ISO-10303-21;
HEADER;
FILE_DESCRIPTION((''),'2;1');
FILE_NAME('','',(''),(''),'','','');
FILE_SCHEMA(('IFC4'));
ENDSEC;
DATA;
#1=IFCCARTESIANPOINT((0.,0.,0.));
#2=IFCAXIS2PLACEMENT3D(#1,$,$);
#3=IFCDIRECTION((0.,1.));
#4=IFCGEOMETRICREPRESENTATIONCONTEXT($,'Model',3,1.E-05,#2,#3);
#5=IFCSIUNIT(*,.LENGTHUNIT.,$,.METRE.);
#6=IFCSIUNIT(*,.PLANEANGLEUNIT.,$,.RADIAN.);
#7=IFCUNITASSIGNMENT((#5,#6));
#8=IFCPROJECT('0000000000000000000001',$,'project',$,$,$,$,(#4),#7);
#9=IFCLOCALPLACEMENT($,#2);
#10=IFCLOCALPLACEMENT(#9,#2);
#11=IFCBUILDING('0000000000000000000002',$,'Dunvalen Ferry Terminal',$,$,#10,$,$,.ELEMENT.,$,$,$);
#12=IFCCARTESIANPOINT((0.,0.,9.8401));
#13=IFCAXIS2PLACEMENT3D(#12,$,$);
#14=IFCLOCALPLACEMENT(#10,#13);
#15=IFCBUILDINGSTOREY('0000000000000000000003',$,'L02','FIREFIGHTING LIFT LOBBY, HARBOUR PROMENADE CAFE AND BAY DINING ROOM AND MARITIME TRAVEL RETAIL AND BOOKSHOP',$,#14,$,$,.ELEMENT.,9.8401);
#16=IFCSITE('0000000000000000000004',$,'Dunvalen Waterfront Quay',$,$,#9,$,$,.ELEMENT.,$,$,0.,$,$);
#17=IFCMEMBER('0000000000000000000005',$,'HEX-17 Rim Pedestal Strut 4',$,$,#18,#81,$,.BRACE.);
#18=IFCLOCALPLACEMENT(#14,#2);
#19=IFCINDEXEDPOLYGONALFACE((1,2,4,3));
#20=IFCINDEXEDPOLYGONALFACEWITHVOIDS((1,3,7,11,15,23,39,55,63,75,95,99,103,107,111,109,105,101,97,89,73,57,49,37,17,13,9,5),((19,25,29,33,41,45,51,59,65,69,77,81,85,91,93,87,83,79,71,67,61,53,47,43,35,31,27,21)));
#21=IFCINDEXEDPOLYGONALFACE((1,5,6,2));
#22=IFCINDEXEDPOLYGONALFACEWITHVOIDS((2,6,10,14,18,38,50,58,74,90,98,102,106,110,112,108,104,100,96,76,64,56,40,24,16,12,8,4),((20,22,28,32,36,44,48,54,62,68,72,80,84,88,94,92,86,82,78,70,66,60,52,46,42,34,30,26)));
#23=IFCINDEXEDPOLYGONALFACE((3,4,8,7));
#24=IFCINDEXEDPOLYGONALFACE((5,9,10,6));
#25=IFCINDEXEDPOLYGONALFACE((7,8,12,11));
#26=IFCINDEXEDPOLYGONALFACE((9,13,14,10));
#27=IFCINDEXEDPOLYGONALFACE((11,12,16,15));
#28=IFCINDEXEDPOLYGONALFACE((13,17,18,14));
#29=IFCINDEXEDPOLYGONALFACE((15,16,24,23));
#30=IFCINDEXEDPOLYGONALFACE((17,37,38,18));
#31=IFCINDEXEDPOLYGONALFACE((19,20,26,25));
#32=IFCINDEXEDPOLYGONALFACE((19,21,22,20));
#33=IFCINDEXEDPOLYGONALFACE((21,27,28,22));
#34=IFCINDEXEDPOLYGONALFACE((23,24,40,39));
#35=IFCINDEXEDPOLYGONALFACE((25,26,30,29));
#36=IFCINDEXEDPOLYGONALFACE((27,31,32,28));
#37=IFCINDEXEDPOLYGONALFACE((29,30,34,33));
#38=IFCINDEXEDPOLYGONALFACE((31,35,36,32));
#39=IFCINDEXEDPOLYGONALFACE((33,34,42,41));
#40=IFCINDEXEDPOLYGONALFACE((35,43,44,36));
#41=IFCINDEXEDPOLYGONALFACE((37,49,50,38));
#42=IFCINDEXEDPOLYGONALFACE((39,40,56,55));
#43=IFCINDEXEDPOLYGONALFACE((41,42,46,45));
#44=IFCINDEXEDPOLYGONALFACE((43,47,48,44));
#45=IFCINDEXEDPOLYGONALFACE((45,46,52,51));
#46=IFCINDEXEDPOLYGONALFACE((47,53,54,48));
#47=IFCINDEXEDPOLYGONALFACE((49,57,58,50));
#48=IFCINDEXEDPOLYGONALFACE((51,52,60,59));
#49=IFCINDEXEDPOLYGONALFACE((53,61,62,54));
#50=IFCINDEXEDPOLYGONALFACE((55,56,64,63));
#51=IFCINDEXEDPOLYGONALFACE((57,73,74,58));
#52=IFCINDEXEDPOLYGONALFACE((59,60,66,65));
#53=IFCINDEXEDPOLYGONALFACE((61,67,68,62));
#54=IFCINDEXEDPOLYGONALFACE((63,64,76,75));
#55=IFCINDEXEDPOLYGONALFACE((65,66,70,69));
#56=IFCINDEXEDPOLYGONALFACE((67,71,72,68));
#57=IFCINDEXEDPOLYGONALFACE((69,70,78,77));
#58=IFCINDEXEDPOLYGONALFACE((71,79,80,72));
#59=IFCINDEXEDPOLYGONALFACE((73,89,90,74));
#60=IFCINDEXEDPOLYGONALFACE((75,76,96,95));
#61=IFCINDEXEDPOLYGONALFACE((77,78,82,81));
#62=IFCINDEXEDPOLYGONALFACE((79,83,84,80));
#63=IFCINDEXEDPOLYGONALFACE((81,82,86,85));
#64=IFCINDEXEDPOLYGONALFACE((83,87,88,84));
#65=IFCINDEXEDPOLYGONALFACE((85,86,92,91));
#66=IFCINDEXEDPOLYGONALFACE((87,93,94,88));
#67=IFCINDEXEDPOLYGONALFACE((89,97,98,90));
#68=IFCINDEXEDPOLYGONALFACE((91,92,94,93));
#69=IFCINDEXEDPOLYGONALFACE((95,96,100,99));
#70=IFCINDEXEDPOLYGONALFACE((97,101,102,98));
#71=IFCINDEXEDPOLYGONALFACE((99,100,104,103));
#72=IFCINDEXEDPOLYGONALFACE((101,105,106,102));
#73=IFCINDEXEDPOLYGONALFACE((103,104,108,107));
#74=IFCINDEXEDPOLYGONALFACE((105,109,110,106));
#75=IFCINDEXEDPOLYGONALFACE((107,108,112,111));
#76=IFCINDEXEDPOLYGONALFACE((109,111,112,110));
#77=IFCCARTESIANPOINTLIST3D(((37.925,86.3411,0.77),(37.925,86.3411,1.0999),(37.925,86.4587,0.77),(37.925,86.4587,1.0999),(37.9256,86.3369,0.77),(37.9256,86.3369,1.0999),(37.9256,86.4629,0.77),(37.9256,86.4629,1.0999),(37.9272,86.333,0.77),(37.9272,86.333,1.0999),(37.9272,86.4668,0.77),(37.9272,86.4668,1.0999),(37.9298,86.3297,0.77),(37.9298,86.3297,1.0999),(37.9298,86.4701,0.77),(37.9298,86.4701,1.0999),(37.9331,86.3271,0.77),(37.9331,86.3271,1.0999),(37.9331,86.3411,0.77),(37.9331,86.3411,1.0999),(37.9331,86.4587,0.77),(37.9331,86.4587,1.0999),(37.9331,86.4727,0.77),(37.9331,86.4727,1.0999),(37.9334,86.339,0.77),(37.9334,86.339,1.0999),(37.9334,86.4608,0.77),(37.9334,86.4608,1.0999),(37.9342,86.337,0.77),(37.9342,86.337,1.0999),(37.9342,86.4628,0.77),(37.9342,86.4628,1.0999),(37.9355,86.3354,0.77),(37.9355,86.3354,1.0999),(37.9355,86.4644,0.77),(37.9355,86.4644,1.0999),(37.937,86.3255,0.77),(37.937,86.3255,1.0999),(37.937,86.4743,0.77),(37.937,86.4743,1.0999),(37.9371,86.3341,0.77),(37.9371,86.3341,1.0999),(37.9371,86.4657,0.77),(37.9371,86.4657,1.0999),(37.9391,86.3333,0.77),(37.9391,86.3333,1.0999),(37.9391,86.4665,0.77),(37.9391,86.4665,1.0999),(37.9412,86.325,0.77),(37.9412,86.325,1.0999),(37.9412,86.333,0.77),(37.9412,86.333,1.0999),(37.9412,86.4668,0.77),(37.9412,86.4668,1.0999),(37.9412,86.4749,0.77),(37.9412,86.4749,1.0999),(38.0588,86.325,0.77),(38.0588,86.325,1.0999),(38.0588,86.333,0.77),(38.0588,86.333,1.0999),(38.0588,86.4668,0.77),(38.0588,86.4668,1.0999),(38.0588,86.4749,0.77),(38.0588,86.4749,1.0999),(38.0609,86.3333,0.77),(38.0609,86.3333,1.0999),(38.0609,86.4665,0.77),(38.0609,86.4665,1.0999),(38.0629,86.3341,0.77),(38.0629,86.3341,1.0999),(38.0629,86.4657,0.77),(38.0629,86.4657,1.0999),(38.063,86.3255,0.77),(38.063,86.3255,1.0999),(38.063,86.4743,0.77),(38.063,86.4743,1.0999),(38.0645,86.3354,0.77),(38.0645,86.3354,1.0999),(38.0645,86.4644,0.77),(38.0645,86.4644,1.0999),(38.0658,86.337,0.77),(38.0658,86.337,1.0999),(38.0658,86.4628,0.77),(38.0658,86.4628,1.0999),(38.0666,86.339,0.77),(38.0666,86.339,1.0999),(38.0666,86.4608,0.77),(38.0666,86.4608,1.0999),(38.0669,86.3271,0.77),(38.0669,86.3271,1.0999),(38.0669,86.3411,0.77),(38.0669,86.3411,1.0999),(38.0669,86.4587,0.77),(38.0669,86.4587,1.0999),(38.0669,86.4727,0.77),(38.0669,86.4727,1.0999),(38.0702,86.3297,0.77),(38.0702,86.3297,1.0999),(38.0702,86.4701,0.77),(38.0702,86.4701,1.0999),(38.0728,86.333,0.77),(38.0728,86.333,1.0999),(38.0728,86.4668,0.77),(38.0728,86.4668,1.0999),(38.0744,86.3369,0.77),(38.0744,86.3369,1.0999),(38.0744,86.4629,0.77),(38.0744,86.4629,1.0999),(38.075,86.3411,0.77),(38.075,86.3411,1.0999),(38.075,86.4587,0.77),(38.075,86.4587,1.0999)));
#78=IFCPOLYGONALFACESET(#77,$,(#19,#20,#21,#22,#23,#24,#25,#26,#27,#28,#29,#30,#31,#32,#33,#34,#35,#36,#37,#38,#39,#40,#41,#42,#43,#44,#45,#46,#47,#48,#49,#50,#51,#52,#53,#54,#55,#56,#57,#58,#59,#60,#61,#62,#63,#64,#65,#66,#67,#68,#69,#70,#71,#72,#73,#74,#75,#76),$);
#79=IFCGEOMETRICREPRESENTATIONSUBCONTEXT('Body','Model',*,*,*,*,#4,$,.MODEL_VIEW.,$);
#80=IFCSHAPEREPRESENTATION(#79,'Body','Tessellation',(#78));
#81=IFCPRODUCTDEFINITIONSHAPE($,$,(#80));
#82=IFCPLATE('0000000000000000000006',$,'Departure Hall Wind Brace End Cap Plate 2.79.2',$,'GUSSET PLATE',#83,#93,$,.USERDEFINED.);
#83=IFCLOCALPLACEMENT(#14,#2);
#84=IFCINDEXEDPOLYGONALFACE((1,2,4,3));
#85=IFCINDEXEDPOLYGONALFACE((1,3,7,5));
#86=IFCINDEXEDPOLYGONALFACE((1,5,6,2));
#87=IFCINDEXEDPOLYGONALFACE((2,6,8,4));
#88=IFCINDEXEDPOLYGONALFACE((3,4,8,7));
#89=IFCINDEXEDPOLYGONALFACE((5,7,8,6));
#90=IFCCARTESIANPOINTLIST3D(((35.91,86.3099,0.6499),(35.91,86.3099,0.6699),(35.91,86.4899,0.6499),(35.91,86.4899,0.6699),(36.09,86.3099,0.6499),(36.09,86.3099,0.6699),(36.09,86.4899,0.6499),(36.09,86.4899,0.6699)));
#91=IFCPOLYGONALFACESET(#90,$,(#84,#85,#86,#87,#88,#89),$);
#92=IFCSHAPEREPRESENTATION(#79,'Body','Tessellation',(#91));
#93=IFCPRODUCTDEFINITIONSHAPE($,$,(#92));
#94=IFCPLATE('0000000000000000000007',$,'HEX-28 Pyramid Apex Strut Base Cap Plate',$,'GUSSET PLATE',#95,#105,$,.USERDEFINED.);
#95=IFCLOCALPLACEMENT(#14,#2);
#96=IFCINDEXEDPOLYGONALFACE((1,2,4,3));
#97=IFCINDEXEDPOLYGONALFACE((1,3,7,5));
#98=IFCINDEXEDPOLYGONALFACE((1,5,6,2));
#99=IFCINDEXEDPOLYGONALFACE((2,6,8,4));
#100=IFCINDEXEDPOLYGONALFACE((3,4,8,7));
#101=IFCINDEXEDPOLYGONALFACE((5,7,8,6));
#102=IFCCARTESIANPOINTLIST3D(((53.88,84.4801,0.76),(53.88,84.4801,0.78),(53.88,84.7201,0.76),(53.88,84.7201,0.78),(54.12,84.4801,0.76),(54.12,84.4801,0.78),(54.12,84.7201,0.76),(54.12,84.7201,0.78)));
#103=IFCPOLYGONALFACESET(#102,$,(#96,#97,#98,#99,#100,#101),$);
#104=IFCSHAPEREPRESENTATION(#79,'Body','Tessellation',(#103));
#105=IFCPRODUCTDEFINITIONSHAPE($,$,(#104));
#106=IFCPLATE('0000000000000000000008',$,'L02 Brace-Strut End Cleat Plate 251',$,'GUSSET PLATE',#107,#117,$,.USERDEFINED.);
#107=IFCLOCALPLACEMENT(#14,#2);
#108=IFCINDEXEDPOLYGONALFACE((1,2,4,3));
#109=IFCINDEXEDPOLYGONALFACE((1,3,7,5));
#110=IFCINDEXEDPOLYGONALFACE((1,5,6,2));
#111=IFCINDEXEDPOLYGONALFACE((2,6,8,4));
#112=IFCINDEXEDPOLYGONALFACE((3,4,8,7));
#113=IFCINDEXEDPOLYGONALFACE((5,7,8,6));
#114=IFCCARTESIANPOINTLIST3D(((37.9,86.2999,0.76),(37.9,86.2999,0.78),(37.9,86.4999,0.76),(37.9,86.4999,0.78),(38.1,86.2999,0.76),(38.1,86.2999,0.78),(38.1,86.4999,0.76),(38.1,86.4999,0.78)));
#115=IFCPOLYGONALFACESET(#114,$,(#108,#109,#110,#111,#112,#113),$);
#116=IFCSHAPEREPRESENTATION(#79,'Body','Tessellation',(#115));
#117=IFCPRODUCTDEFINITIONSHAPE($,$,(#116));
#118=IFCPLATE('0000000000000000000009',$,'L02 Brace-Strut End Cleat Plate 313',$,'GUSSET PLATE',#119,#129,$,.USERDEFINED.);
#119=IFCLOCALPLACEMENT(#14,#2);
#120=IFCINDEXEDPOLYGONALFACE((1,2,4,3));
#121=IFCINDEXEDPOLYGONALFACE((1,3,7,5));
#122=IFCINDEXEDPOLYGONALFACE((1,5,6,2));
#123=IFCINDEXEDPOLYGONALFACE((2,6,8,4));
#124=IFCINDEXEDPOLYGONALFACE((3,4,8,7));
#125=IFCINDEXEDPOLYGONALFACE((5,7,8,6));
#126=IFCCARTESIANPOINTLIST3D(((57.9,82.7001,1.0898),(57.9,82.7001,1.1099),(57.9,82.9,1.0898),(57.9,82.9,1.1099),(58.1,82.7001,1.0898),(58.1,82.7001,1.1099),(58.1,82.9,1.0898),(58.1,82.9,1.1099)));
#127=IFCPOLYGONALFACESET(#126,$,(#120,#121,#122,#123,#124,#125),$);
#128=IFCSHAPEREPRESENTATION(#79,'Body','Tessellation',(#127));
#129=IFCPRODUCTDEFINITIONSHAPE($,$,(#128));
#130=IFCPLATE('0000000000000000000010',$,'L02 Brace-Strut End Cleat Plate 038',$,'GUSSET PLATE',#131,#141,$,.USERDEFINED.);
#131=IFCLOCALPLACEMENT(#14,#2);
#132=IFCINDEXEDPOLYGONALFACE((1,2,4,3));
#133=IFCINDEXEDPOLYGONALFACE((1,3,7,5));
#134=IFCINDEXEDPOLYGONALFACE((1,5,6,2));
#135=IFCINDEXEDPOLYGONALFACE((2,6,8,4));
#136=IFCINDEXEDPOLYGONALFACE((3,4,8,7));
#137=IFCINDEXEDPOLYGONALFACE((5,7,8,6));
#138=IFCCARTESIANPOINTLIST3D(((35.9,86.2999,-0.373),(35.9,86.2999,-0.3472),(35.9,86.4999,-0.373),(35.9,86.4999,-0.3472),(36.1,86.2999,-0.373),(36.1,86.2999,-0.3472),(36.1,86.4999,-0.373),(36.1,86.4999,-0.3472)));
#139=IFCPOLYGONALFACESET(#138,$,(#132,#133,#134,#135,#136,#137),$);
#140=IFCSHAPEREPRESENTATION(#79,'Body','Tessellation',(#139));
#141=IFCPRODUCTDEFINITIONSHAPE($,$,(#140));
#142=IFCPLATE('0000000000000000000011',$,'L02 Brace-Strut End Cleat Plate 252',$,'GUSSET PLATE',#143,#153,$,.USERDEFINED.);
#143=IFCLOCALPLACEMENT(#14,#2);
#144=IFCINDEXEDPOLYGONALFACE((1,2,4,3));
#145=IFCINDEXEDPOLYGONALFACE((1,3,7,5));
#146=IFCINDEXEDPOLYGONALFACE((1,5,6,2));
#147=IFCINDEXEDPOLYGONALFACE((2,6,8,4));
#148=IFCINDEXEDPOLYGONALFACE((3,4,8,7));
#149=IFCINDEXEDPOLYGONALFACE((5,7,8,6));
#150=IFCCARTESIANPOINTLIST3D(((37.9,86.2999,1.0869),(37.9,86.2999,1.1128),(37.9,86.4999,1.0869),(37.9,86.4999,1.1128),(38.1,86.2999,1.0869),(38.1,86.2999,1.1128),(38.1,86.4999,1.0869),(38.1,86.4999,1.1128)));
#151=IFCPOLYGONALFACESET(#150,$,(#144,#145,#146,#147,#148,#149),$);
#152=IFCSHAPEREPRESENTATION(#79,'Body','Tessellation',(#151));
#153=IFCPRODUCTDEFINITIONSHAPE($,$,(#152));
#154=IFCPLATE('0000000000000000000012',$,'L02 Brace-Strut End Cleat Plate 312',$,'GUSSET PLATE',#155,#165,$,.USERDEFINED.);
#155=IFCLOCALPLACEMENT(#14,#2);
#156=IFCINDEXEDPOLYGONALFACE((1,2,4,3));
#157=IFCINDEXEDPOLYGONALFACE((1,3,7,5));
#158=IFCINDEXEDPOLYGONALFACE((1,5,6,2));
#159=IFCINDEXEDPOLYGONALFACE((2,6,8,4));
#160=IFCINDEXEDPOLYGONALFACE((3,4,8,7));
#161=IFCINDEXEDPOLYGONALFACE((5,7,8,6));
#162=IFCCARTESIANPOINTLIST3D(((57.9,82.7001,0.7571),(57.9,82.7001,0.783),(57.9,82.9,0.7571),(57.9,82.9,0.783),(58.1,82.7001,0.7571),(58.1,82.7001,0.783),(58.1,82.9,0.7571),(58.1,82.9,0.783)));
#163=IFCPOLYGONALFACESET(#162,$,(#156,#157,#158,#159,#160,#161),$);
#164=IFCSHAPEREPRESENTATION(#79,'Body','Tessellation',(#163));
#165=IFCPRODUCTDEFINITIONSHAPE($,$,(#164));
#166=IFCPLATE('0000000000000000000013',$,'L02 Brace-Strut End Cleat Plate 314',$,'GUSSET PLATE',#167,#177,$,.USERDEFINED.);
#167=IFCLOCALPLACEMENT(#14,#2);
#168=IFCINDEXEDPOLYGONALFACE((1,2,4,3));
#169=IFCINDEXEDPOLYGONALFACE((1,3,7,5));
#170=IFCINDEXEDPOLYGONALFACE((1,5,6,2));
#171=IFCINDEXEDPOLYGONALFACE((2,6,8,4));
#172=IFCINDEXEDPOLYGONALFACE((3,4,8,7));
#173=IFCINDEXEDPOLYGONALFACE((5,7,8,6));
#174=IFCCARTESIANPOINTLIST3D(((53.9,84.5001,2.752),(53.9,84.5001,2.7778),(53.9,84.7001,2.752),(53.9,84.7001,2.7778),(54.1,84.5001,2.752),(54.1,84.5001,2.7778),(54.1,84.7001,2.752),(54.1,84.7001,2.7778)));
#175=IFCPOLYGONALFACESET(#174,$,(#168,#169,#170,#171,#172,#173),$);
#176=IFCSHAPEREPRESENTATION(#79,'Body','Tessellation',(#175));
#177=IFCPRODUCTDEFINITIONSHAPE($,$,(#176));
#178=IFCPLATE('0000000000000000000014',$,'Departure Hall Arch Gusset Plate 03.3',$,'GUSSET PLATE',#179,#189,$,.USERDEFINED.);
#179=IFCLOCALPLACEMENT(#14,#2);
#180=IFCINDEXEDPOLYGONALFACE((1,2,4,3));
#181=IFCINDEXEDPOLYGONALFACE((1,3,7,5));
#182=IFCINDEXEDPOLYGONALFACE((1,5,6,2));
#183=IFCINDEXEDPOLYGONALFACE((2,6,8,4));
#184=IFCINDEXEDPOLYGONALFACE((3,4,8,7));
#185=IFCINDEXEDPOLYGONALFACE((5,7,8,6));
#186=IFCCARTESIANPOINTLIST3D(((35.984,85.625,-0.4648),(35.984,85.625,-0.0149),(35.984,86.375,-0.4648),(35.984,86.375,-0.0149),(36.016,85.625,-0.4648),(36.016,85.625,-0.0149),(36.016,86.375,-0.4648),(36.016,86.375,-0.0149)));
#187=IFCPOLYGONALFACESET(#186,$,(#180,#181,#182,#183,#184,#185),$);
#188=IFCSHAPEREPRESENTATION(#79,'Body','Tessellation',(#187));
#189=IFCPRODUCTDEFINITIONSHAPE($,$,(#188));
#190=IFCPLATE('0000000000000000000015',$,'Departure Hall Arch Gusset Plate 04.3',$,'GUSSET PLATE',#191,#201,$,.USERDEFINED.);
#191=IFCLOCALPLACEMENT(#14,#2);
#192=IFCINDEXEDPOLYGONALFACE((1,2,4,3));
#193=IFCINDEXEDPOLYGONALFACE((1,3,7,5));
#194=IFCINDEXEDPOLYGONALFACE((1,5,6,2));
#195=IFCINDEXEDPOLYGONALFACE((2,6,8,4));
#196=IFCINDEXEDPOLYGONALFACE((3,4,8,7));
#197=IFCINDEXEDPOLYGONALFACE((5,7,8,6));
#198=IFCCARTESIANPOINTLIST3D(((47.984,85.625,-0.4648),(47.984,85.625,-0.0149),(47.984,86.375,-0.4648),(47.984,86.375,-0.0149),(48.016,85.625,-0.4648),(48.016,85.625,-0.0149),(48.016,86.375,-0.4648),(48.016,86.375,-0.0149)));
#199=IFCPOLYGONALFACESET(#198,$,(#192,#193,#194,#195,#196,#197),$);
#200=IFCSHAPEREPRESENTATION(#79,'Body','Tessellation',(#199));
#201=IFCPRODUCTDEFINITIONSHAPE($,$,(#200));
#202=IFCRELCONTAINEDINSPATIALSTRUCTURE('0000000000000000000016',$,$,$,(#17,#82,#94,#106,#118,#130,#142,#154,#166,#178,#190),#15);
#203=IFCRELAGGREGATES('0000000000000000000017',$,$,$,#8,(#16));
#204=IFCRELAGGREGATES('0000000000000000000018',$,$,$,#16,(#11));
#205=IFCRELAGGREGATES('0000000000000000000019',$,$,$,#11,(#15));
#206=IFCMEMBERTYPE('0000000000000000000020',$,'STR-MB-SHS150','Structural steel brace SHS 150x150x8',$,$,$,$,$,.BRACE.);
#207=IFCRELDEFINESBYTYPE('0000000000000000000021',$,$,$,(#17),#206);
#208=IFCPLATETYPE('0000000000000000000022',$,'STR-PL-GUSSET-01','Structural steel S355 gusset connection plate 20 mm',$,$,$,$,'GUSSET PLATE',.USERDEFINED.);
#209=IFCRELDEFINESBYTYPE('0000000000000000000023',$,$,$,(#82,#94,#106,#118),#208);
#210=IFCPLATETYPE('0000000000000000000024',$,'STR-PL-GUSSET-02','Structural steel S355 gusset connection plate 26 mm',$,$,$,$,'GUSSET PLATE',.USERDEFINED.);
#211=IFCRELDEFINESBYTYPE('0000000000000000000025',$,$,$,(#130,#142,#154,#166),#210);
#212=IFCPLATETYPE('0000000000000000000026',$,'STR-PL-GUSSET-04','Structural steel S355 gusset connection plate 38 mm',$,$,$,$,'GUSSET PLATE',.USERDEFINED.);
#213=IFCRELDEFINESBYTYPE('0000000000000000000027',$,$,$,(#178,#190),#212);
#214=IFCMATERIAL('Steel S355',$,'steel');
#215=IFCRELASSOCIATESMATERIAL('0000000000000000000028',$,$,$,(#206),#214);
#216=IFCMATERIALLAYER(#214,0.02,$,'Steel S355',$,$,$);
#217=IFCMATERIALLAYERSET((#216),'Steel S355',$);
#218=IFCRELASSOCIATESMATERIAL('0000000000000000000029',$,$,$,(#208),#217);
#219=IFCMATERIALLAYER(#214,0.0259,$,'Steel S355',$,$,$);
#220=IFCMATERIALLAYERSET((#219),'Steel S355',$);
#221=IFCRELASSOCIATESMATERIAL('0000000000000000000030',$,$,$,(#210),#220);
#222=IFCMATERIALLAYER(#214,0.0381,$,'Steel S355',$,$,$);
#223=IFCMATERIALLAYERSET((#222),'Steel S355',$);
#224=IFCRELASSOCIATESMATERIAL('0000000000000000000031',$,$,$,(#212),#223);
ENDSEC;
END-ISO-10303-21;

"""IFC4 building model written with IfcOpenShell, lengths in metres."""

from ifc_helpers import new_model, si_unit, direction, frame, origin, origin_2d, place, context, subcontext, project, spatial, rectangle, hollow_rectangle, extrude, material, layer, layer_set, material_profile, profile_set, type_object, element, save


model = new_model("IFC4")

# Units and contexts
model_context = context("Model", 3, precision=1e-05, world=origin(), true_north=direction((0.0, 1.0)))
body_context = subcontext(model_context, "Body", "Model", "MODEL_VIEW")
ifc_project = project(units=[si_unit("LENGTHUNIT", "METRE"), si_unit("PLANEANGLEUNIT", "RADIAN")], contexts=[model_context])

# Site, building, storey
site_placement = place(None, origin())
site = spatial("IfcSite", under=ifc_project, at=site_placement, Name="Dunvalen Waterfront Quay", CompositionType="ELEMENT", RefElevation=0.0)
building_placement = place(site_placement, origin())
building = spatial("IfcBuilding", under=site, at=building_placement, Name="Dunvalen Ferry Terminal", CompositionType="ELEMENT")
storey_placement = place(building_placement, frame((0.0, 0.0, 9.8401)))
storey = spatial("IfcBuildingStorey", under=building, at=storey_placement, Name="L02", Description="FIREFIGHTING LIFT LOBBY, HARBOUR PROMENADE CAFE AND BAY DINING ROOM AND MARITIME TRAVEL RETAIL AND BOOKSHOP", CompositionType="ELEMENT", Elevation=9.8401)

# Shared definitions
ifc_material_1 = material(Name="Steel S355", Category="steel")

# Member
ifc_material_profile_1 = material_profile(ifc_material_1, hollow_rectangle(XDim=0.1499, YDim=0.1499, WallThickness=0.0081, InnerFilletRadius=0.0081, OuterFilletRadius=0.0161, at=origin_2d()), Name="Steel S355")
ifc_profile_set_1 = profile_set([ifc_material_profile_1], Name="Steel S355")
member_type_1 = type_object("IfcMemberType", Name="STR-MB-SHS150", Description="Structural steel brace SHS 150x150x8", PredefinedType="BRACE", material=ifc_profile_set_1)
member_1_placement = place(storey_placement, frame((38.0, 86.3999, 0.77), z_axis=(0.0, 0.0, 1.0), x_axis=(1.0, 0.0, 0.0)))
element("IfcMember", 1, at=member_1_placement, inside=storey, type_object=member_type_1, Name="HEX-17 Rim Pedestal Strut 4", PredefinedType="BRACE", context=body_context, shape_type="SweptSolid", body=[
    extrude(hollow_rectangle(XDim=0.1499, YDim=0.1499, WallThickness=0.0081, InnerFilletRadius=0.0081, OuterFilletRadius=0.0161, at=origin_2d()), origin(), (0.0, 0.0, 1.0), 0.3298),
])

# Plates
ifc_layer_1 = layer(ifc_material_1, 0.02, Name="Steel S355")
ifc_layer_set_1 = layer_set([ifc_layer_1], Name="Steel S355")
plate_type_1 = type_object("IfcPlateType", Name="STR-PL-GUSSET-01", Description="Structural steel S355 gusset connection plate 20 mm", ElementType="GUSSET PLATE", PredefinedType="USERDEFINED", material=ifc_layer_set_1)
plate_1_placement = place(storey_placement, frame((36.0, 86.3999, 0.6499), z_axis=(0.0, 0.0, 1.0), x_axis=(1.0, 0.0, 0.0)))
element("IfcPlate", 2, at=plate_1_placement, inside=storey, type_object=plate_type_1, Name="Departure Hall Wind Brace End Cap Plate 2.79.2", ObjectType="GUSSET PLATE", PredefinedType="USERDEFINED", context=body_context, shape_type="SweptSolid", body=[
    extrude(rectangle(XDim=0.1799, YDim=0.1799, at=origin_2d()), origin(), (0.0, 0.0, 1.0), 0.02),
])
plate_2_placement = place(storey_placement, frame((54.0, 84.6001, 0.76), z_axis=(0.0, 0.0, 1.0), x_axis=(1.0, 0.0, 0.0)))
element("IfcPlate", 3, at=plate_2_placement, inside=storey, type_object=plate_type_1, Name="HEX-28 Pyramid Apex Strut Base Cap Plate", ObjectType="GUSSET PLATE", PredefinedType="USERDEFINED", context=body_context, shape_type="SweptSolid", body=[
    extrude(rectangle(XDim=0.24, YDim=0.24, at=origin_2d()), origin(), (0.0, 0.0, 1.0), 0.02),
])
for number, where, z_axis, x_axis, name in (
    (4, (38.0, 86.3999, 0.76), (0.0, 0.0, 1.0), (1.0, 0.0, 0.0), "L02 Brace-Strut End Cleat Plate 251"),
    (5, (58.0, 82.8, 1.0898), (0.0, 0.0, 1.0), (1.0, 0.0, 0.0), "L02 Brace-Strut End Cleat Plate 313"),
):
    element("IfcPlate", number, at=place(storey_placement, frame(where, z_axis=z_axis, x_axis=x_axis)), inside=storey, type_object=plate_type_1, Name=name, ObjectType="GUSSET PLATE", PredefinedType="USERDEFINED", context=body_context, shape_type="SweptSolid", body=[
        extrude(rectangle(XDim=0.2, YDim=0.2, at=origin_2d()), origin(), (0.0, 0.0, 1.0), 0.02),
    ])
ifc_layer_2 = layer(ifc_material_1, 0.0259, Name="Steel S355")
ifc_layer_set_2 = layer_set([ifc_layer_2], Name="Steel S355")
plate_type_2 = type_object("IfcPlateType", Name="STR-PL-GUSSET-02", Description="Structural steel S355 gusset connection plate 26 mm", ElementType="GUSSET PLATE", PredefinedType="USERDEFINED", material=ifc_layer_set_2)
for number, where, z_axis, x_axis, name in (
    (6, (36.0, 86.3999, -0.373), (0.0, 0.0, 1.0), (1.0, 0.0, 0.0), "L02 Brace-Strut End Cleat Plate 038"),
    (7, (38.0, 86.3999, 1.0869), (0.0, 0.0, 1.0), (1.0, 0.0, 0.0), "L02 Brace-Strut End Cleat Plate 252"),
    (8, (58.0, 82.8, 0.7571), (0.0, 0.0, 1.0), (1.0, 0.0, 0.0), "L02 Brace-Strut End Cleat Plate 312"),
    (9, (54.0, 84.6001, 2.752), (0.0, 0.0, 1.0), (1.0, 0.0, 0.0), "L02 Brace-Strut End Cleat Plate 314"),
):
    element("IfcPlate", number, at=place(storey_placement, frame(where, z_axis=z_axis, x_axis=x_axis)), inside=storey, type_object=plate_type_2, Name=name, ObjectType="GUSSET PLATE", PredefinedType="USERDEFINED", context=body_context, shape_type="SweptSolid", body=[
        extrude(rectangle(XDim=0.2, YDim=0.2, at=origin_2d()), origin(), (0.0, 0.0, 1.0), 0.0259),
    ])
ifc_layer_3 = layer(ifc_material_1, 0.0381, Name="Steel S355")
ifc_layer_set_3 = layer_set([ifc_layer_3], Name="Steel S355")
plate_type_3 = type_object("IfcPlateType", Name="STR-PL-GUSSET-04", Description="Structural steel S355 gusset connection plate 38 mm", ElementType="GUSSET PLATE", PredefinedType="USERDEFINED", material=ifc_layer_set_3)
for number, where, z_axis, x_axis, name in (
    (10, (36.0, 86.0, -0.4648), (0.0, 0.0, 1.0), (1.0, 0.0, 0.0), "Departure Hall Arch Gusset Plate 03.3"),
    (11, (48.0, 86.0, -0.4648), (0.0, 0.0, 1.0), (1.0, 0.0, 0.0), "Departure Hall Arch Gusset Plate 04.3"),
):
    element("IfcPlate", number, at=place(storey_placement, frame(where, z_axis=z_axis, x_axis=x_axis)), inside=storey, type_object=plate_type_3, Name=name, ObjectType="GUSSET PLATE", PredefinedType="USERDEFINED", context=body_context, shape_type="SweptSolid", body=[
        extrude(rectangle(XDim=0.032, YDim=0.75, at=origin_2d()), origin(), (0.0, 0.0, 1.0), 0.45),
    ])

save(model, "model.ifc")
